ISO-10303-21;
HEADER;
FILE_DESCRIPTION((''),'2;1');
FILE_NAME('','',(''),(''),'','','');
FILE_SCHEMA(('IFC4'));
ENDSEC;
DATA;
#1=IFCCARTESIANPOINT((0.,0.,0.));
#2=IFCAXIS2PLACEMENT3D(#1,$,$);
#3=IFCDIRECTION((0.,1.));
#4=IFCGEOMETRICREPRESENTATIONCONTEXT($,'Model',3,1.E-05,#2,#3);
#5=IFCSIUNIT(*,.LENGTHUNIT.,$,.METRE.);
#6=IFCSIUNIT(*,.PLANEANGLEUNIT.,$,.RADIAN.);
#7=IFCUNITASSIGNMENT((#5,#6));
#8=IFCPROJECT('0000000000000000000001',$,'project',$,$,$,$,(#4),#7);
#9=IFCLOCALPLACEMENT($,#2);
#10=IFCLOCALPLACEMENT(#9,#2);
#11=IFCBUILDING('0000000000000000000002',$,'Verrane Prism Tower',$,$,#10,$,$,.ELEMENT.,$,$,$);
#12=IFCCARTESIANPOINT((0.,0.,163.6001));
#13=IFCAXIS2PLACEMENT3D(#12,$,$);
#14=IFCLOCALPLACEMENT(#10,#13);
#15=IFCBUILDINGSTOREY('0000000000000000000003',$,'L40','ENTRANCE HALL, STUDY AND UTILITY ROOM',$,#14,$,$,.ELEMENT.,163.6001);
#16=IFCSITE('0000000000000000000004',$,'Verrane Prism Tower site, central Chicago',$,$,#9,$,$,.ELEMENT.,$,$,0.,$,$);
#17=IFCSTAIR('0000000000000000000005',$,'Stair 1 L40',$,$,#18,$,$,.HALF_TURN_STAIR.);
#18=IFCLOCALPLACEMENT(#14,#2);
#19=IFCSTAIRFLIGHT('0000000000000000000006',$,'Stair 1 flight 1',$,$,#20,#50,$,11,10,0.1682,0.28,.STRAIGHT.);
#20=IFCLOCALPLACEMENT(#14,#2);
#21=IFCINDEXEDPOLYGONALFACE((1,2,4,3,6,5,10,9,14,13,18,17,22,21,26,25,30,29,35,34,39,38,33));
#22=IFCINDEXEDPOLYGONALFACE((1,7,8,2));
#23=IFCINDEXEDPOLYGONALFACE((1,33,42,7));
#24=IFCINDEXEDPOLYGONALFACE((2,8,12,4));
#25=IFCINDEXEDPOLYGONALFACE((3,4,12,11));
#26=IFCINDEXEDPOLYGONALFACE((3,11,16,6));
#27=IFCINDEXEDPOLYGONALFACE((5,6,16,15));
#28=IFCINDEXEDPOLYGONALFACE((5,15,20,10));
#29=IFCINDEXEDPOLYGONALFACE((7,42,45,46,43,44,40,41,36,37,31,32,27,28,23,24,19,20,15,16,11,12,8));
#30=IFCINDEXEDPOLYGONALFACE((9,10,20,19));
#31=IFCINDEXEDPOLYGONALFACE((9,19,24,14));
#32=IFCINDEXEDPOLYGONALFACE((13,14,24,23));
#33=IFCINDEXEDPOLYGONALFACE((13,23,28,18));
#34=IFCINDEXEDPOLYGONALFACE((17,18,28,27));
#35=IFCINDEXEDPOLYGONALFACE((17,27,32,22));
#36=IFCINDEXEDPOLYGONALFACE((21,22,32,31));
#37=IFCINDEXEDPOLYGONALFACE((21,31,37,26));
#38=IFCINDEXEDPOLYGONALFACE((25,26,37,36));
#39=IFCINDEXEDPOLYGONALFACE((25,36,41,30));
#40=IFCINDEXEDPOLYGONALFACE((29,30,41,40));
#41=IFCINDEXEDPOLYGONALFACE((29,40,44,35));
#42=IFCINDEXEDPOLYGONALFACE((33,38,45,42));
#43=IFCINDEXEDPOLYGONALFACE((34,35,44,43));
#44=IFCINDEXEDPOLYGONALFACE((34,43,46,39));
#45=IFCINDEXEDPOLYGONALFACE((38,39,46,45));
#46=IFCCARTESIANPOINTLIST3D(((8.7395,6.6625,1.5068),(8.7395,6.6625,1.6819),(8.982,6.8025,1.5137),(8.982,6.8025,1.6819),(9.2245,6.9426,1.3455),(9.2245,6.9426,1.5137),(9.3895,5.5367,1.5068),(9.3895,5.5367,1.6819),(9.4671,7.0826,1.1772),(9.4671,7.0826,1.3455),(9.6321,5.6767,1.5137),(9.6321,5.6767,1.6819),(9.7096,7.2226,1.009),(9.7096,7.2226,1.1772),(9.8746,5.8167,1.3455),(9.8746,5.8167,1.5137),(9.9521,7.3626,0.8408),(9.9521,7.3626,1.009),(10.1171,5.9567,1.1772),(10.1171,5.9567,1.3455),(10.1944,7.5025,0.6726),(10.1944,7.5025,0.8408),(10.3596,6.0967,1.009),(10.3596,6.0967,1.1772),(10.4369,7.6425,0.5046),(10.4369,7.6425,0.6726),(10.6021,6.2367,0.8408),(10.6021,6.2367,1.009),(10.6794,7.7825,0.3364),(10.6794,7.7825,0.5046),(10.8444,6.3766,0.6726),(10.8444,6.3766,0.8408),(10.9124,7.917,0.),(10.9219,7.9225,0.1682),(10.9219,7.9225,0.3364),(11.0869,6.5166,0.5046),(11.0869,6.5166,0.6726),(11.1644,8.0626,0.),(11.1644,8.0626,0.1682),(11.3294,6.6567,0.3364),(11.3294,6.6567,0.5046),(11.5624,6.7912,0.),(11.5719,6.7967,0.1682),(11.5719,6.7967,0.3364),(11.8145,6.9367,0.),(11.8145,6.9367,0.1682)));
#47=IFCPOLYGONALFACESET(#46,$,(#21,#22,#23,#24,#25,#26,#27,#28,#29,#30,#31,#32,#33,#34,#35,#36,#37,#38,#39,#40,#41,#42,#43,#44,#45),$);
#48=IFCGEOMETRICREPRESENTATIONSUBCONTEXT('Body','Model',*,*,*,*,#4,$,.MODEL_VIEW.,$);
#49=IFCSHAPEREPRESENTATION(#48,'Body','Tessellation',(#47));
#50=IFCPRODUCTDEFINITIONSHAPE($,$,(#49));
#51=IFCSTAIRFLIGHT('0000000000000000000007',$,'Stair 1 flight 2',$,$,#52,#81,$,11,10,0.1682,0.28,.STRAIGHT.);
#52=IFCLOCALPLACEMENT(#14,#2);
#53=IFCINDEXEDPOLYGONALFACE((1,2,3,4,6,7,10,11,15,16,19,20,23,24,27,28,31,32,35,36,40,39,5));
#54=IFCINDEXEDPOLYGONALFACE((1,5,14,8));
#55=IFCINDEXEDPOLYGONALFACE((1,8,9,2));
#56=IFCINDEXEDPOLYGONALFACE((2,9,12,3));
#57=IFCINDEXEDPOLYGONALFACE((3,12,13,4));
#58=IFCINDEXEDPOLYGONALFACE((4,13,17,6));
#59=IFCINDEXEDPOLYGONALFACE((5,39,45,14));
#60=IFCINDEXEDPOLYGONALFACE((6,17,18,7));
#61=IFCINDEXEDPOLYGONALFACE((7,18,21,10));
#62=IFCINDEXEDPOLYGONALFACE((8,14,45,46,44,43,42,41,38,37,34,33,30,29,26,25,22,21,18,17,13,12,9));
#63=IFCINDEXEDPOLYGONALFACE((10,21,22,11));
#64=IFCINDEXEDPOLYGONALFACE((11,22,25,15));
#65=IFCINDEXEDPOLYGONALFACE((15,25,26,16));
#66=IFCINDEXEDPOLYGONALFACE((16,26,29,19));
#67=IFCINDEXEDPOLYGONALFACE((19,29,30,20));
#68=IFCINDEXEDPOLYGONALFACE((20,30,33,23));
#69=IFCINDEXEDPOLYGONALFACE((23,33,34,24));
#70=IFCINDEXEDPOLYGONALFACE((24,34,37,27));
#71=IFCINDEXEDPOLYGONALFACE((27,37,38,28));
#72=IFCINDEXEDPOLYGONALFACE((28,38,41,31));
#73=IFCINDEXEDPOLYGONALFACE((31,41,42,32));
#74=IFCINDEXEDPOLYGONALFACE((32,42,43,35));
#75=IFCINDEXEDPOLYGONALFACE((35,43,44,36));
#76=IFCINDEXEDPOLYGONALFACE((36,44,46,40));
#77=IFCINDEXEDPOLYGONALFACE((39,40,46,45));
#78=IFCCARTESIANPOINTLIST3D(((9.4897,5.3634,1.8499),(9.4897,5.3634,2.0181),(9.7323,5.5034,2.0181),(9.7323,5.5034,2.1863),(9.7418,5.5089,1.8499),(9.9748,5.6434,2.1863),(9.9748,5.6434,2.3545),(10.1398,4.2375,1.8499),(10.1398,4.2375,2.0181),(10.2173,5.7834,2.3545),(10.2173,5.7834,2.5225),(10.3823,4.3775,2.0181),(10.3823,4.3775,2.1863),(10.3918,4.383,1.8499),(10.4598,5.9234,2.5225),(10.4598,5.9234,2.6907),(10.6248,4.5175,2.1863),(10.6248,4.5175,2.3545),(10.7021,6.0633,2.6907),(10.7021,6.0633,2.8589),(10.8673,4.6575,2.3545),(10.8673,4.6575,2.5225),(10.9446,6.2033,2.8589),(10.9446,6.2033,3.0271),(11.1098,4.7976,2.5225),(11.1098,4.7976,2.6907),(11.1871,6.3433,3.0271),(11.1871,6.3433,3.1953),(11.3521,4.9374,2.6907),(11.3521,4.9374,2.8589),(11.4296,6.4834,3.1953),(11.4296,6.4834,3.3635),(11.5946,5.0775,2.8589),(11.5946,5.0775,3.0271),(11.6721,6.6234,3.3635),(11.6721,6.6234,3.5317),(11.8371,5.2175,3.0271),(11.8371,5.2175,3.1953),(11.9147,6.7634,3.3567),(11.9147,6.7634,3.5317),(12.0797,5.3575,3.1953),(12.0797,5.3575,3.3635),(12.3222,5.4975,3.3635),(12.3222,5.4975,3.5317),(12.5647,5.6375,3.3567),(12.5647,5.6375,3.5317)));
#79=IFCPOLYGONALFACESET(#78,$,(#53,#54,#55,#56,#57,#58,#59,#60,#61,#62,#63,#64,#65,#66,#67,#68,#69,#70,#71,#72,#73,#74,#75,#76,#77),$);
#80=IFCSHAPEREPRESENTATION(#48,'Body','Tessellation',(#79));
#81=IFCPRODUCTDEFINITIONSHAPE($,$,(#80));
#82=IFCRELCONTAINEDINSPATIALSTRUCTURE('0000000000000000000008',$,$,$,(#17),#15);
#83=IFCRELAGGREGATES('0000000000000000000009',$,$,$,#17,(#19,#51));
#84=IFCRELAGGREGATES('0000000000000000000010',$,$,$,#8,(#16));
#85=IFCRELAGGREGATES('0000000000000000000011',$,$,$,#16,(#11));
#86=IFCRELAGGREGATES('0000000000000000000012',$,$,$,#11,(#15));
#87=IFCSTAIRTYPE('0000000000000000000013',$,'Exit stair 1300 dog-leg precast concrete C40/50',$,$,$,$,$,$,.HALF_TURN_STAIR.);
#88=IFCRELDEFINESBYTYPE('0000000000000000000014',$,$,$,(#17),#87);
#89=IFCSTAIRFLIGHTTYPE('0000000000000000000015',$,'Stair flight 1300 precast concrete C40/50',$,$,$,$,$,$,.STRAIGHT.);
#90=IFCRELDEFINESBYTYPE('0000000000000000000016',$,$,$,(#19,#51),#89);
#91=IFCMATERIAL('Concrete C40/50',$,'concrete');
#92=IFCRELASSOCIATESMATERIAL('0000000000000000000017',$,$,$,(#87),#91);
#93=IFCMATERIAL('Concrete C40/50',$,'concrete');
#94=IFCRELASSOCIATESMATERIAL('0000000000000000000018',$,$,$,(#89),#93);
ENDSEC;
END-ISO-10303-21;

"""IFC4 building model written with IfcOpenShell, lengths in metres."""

from ifc_helpers import new_model, si_unit, direction, frame, origin, place, context, subcontext, project, spatial, polyline, outline, extrude, material, type_object, element, aggregate, save


model = new_model("IFC4")

# Units and contexts
model_context = context("Model", 3, precision=1e-05, world=origin(), true_north=direction((0.0, 1.0)))
body_context = subcontext(model_context, "Body", "Model", "MODEL_VIEW")
ifc_project = project(units=[si_unit("LENGTHUNIT", "METRE"), si_unit("PLANEANGLEUNIT", "RADIAN")], contexts=[model_context])

# Site, building, storey
site_placement = place(None, origin())
site = spatial("IfcSite", under=ifc_project, at=site_placement, Name="Verrane Prism Tower site, central Chicago", CompositionType="ELEMENT", RefElevation=0.0)
building_placement = place(site_placement, origin())
building = spatial("IfcBuilding", under=site, at=building_placement, Name="Verrane Prism Tower", CompositionType="ELEMENT")
storey_placement = place(building_placement, frame((0.0, 0.0, 163.6001)))
storey = spatial("IfcBuildingStorey", under=building, at=storey_placement, Name="L40", Description="ENTRANCE HALL, STUDY AND UTILITY ROOM", CompositionType="ELEMENT", Elevation=163.6001)

# Stair, stair flights
ifc_material_1 = material(Name="Concrete C40/50", Category="concrete")
stair_type = type_object("IfcStairType", Name="Exit stair 1300 dog-leg precast concrete C40/50", PredefinedType="HALF_TURN_STAIR", material=ifc_material_1)
stair_placement = place(storey_placement, origin())
stair = element("IfcStair", 1, at=stair_placement, inside=storey, type_object=stair_type, Name="Stair 1 L40", PredefinedType="HALF_TURN_STAIR")
ifc_material_2 = material(Name="Concrete C40/50", Category="concrete")
stair_flight_type = type_object("IfcStairFlightType", Name="Stair flight 1300 precast concrete C40/50", PredefinedType="STRAIGHT", material=ifc_material_2)
stair_flight_1_placement = place(storey_placement, frame((11.4895, 7.4995, 0.0), z_axis=(0.0, 0.0, 1.0), x_axis=(-0.866025, -0.5, 0.0)))
stair_flight_1 = element("IfcStairFlight", 2, at=stair_flight_1_placement, type_object=stair_flight_type, Name="Stair 1 flight 1", NumberOfRisers=11, NumberOfTreads=10, PredefinedType="STRAIGHT", RiserHeight=0.1682, TreadLength=0.28, context=body_context, shape_type="SweptSolid", body=[
    extrude(outline(polyline([(0.0, 0.0), (0.0, 0.1682), (0.28, 0.1682), (0.28, 0.3364), (0.5601, 0.3364), (0.5601, 0.5046), (0.8401, 0.5046), (0.8401, 0.6726), (1.1201, 0.6726), (1.1201, 0.8408), (1.3999, 0.8408), (1.3999, 1.009), (1.6799, 1.009), (1.6799, 1.1772), (1.96, 1.1772), (1.96, 1.3455), (2.24, 1.3455), (2.24, 1.5137), (2.52, 1.5137), (2.52, 1.6819), (2.8, 1.6819), (2.8, 1.8501), (2.8, 1.5068), (0.291, 0.0), (0.0, 0.0)])), frame((0.0, 0.6499, 0.0), z_axis=(0.0, -1.0, 0.0), x_axis=(1.0, 0.0, 0.0)), (0.0, 0.0, 1.0), 1.3),
])
stair_flight_2_placement = place(storey_placement, frame((9.8147, 4.8005, 1.8499), z_axis=(0.0, 0.0, 1.0), x_axis=(0.866025, 0.5, 0.0)))
stair_flight_2 = element("IfcStairFlight", 3, at=stair_flight_2_placement, type_object=stair_flight_type, Name="Stair 1 flight 2", NumberOfRisers=11, NumberOfTreads=10, PredefinedType="STRAIGHT", RiserHeight=0.1682, TreadLength=0.28, context=body_context, shape_type="SweptSolid", body=[
    extrude(outline(polyline([(0.0, 0.0), (0.0, 0.1682), (0.28, 0.1682), (0.28, 0.3364), (0.5601, 0.3364), (0.5601, 0.5046), (0.8401, 0.5046), (0.8401, 0.6726), (1.1201, 0.6726), (1.1201, 0.8408), (1.3999, 0.8408), (1.3999, 1.009), (1.6799, 1.009), (1.6799, 1.1772), (1.96, 1.1772), (1.96, 1.3455), (2.24, 1.3455), (2.24, 1.5137), (2.52, 1.5137), (2.52, 1.6819), (2.8, 1.6819), (2.8, 1.8501), (2.8, 1.5068), (0.291, 0.0), (0.0, 0.0)])), frame((0.0, 0.6499, 0.0), z_axis=(0.0, -1.0, 0.0), x_axis=(1.0, 0.0, 0.0)), (0.0, 0.0, 1.0), 1.3),
])
aggregate(stair, [stair_flight_1, stair_flight_2])

save(model, "model.ifc")
